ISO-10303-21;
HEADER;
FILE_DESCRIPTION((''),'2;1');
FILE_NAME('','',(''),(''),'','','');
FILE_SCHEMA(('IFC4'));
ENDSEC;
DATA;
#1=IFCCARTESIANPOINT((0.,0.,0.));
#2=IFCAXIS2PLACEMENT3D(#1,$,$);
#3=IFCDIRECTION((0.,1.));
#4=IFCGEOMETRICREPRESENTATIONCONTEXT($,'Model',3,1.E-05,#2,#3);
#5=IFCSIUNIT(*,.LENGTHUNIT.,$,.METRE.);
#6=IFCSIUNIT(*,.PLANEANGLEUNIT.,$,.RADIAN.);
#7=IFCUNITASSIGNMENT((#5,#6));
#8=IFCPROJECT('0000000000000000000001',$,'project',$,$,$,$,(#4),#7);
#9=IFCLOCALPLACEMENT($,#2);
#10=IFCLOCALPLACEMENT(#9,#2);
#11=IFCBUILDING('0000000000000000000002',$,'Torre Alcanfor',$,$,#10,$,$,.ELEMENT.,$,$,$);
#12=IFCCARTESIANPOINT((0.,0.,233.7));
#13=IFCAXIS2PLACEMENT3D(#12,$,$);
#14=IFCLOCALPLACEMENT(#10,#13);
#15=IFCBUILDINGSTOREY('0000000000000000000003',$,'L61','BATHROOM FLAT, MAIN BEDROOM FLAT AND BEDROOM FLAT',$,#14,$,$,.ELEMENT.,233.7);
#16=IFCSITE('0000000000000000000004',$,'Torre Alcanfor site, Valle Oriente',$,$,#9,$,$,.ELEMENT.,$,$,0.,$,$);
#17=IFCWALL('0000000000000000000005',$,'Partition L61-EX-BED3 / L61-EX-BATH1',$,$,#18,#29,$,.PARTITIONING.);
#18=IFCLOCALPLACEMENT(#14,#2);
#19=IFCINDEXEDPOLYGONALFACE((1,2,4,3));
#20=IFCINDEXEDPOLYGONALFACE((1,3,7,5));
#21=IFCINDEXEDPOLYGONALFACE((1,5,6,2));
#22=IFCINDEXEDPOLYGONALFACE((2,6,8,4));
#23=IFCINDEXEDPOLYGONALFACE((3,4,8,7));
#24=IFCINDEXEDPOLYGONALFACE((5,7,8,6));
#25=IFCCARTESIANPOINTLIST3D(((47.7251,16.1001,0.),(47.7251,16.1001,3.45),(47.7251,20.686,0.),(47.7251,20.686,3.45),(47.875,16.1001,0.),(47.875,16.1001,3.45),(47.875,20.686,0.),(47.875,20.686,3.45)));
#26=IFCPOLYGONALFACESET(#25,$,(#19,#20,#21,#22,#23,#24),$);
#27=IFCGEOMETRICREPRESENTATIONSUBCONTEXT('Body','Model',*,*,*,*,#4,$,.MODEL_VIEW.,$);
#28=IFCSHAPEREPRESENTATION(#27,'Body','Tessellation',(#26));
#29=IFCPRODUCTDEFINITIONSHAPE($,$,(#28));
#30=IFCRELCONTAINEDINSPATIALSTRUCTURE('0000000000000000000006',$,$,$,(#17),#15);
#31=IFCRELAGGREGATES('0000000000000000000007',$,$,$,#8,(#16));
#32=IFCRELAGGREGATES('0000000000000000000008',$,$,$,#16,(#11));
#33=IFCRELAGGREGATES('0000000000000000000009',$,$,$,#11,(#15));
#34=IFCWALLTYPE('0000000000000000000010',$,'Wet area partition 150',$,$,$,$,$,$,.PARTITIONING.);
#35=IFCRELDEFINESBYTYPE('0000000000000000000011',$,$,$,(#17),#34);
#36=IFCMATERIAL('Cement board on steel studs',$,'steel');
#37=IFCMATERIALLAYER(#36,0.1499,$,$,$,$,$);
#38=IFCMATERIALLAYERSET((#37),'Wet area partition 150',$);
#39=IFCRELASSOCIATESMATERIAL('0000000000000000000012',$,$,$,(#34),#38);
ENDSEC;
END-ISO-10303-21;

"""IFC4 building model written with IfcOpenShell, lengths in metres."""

from ifc_helpers import new_model, si_unit, direction, frame, frame_2d, origin, place, context, subcontext, project, spatial, rectangle, extrude, material, layer, layer_set, type_object, element, save


model = new_model("IFC4")

# Units and contexts
model_context = context("Model", 3, precision=1e-05, world=origin(), true_north=direction((0.0, 1.0)))
body_context = subcontext(model_context, "Body", "Model", "MODEL_VIEW")
ifc_project = project(units=[si_unit("LENGTHUNIT", "METRE"), si_unit("PLANEANGLEUNIT", "RADIAN")], contexts=[model_context])

# Site, building, storey
site_placement = place(None, origin())
site = spatial("IfcSite", under=ifc_project, at=site_placement, Name="Torre Alcanfor site, Valle Oriente", CompositionType="ELEMENT", RefElevation=0.0)
building_placement = place(site_placement, origin())
building = spatial("IfcBuilding", under=site, at=building_placement, Name="Torre Alcanfor", CompositionType="ELEMENT")
storey_placement = place(building_placement, frame((0.0, 0.0, 233.7)))
storey = spatial("IfcBuildingStorey", under=building, at=storey_placement, Name="L61", Description="BATHROOM FLAT, MAIN BEDROOM FLAT AND BEDROOM FLAT", CompositionType="ELEMENT", Elevation=233.7)

# Wall
ifc_material_1 = material(Name="Cement board on steel studs", Category="steel")
ifc_layer_1 = layer(ifc_material_1, 0.1499)
ifc_layer_set_1 = layer_set([ifc_layer_1], Name="Wet area partition 150")
wall_type_1 = type_object("IfcWallType", Name="Wet area partition 150", PredefinedType="PARTITIONING", material=ifc_layer_set_1)
wall_1_placement = place(storey_placement, frame((47.8, 16.1001, 0.0), z_axis=(0.0, 0.0, 1.0), x_axis=(0.0, 1.0, 0.0)))
element("IfcWall", 1, at=wall_1_placement, inside=storey, type_object=wall_type_1, Name="Partition L61-EX-BED3 / L61-EX-BATH1", PredefinedType="PARTITIONING", context=body_context, shape_type="SweptSolid", body=[
    extrude(rectangle(XDim=4.5859, YDim=0.1499, at=frame_2d((2.293, 0.0))), origin(), (0.0, 0.0, 1.0), 3.45),
])

save(model, "model.ifc")
